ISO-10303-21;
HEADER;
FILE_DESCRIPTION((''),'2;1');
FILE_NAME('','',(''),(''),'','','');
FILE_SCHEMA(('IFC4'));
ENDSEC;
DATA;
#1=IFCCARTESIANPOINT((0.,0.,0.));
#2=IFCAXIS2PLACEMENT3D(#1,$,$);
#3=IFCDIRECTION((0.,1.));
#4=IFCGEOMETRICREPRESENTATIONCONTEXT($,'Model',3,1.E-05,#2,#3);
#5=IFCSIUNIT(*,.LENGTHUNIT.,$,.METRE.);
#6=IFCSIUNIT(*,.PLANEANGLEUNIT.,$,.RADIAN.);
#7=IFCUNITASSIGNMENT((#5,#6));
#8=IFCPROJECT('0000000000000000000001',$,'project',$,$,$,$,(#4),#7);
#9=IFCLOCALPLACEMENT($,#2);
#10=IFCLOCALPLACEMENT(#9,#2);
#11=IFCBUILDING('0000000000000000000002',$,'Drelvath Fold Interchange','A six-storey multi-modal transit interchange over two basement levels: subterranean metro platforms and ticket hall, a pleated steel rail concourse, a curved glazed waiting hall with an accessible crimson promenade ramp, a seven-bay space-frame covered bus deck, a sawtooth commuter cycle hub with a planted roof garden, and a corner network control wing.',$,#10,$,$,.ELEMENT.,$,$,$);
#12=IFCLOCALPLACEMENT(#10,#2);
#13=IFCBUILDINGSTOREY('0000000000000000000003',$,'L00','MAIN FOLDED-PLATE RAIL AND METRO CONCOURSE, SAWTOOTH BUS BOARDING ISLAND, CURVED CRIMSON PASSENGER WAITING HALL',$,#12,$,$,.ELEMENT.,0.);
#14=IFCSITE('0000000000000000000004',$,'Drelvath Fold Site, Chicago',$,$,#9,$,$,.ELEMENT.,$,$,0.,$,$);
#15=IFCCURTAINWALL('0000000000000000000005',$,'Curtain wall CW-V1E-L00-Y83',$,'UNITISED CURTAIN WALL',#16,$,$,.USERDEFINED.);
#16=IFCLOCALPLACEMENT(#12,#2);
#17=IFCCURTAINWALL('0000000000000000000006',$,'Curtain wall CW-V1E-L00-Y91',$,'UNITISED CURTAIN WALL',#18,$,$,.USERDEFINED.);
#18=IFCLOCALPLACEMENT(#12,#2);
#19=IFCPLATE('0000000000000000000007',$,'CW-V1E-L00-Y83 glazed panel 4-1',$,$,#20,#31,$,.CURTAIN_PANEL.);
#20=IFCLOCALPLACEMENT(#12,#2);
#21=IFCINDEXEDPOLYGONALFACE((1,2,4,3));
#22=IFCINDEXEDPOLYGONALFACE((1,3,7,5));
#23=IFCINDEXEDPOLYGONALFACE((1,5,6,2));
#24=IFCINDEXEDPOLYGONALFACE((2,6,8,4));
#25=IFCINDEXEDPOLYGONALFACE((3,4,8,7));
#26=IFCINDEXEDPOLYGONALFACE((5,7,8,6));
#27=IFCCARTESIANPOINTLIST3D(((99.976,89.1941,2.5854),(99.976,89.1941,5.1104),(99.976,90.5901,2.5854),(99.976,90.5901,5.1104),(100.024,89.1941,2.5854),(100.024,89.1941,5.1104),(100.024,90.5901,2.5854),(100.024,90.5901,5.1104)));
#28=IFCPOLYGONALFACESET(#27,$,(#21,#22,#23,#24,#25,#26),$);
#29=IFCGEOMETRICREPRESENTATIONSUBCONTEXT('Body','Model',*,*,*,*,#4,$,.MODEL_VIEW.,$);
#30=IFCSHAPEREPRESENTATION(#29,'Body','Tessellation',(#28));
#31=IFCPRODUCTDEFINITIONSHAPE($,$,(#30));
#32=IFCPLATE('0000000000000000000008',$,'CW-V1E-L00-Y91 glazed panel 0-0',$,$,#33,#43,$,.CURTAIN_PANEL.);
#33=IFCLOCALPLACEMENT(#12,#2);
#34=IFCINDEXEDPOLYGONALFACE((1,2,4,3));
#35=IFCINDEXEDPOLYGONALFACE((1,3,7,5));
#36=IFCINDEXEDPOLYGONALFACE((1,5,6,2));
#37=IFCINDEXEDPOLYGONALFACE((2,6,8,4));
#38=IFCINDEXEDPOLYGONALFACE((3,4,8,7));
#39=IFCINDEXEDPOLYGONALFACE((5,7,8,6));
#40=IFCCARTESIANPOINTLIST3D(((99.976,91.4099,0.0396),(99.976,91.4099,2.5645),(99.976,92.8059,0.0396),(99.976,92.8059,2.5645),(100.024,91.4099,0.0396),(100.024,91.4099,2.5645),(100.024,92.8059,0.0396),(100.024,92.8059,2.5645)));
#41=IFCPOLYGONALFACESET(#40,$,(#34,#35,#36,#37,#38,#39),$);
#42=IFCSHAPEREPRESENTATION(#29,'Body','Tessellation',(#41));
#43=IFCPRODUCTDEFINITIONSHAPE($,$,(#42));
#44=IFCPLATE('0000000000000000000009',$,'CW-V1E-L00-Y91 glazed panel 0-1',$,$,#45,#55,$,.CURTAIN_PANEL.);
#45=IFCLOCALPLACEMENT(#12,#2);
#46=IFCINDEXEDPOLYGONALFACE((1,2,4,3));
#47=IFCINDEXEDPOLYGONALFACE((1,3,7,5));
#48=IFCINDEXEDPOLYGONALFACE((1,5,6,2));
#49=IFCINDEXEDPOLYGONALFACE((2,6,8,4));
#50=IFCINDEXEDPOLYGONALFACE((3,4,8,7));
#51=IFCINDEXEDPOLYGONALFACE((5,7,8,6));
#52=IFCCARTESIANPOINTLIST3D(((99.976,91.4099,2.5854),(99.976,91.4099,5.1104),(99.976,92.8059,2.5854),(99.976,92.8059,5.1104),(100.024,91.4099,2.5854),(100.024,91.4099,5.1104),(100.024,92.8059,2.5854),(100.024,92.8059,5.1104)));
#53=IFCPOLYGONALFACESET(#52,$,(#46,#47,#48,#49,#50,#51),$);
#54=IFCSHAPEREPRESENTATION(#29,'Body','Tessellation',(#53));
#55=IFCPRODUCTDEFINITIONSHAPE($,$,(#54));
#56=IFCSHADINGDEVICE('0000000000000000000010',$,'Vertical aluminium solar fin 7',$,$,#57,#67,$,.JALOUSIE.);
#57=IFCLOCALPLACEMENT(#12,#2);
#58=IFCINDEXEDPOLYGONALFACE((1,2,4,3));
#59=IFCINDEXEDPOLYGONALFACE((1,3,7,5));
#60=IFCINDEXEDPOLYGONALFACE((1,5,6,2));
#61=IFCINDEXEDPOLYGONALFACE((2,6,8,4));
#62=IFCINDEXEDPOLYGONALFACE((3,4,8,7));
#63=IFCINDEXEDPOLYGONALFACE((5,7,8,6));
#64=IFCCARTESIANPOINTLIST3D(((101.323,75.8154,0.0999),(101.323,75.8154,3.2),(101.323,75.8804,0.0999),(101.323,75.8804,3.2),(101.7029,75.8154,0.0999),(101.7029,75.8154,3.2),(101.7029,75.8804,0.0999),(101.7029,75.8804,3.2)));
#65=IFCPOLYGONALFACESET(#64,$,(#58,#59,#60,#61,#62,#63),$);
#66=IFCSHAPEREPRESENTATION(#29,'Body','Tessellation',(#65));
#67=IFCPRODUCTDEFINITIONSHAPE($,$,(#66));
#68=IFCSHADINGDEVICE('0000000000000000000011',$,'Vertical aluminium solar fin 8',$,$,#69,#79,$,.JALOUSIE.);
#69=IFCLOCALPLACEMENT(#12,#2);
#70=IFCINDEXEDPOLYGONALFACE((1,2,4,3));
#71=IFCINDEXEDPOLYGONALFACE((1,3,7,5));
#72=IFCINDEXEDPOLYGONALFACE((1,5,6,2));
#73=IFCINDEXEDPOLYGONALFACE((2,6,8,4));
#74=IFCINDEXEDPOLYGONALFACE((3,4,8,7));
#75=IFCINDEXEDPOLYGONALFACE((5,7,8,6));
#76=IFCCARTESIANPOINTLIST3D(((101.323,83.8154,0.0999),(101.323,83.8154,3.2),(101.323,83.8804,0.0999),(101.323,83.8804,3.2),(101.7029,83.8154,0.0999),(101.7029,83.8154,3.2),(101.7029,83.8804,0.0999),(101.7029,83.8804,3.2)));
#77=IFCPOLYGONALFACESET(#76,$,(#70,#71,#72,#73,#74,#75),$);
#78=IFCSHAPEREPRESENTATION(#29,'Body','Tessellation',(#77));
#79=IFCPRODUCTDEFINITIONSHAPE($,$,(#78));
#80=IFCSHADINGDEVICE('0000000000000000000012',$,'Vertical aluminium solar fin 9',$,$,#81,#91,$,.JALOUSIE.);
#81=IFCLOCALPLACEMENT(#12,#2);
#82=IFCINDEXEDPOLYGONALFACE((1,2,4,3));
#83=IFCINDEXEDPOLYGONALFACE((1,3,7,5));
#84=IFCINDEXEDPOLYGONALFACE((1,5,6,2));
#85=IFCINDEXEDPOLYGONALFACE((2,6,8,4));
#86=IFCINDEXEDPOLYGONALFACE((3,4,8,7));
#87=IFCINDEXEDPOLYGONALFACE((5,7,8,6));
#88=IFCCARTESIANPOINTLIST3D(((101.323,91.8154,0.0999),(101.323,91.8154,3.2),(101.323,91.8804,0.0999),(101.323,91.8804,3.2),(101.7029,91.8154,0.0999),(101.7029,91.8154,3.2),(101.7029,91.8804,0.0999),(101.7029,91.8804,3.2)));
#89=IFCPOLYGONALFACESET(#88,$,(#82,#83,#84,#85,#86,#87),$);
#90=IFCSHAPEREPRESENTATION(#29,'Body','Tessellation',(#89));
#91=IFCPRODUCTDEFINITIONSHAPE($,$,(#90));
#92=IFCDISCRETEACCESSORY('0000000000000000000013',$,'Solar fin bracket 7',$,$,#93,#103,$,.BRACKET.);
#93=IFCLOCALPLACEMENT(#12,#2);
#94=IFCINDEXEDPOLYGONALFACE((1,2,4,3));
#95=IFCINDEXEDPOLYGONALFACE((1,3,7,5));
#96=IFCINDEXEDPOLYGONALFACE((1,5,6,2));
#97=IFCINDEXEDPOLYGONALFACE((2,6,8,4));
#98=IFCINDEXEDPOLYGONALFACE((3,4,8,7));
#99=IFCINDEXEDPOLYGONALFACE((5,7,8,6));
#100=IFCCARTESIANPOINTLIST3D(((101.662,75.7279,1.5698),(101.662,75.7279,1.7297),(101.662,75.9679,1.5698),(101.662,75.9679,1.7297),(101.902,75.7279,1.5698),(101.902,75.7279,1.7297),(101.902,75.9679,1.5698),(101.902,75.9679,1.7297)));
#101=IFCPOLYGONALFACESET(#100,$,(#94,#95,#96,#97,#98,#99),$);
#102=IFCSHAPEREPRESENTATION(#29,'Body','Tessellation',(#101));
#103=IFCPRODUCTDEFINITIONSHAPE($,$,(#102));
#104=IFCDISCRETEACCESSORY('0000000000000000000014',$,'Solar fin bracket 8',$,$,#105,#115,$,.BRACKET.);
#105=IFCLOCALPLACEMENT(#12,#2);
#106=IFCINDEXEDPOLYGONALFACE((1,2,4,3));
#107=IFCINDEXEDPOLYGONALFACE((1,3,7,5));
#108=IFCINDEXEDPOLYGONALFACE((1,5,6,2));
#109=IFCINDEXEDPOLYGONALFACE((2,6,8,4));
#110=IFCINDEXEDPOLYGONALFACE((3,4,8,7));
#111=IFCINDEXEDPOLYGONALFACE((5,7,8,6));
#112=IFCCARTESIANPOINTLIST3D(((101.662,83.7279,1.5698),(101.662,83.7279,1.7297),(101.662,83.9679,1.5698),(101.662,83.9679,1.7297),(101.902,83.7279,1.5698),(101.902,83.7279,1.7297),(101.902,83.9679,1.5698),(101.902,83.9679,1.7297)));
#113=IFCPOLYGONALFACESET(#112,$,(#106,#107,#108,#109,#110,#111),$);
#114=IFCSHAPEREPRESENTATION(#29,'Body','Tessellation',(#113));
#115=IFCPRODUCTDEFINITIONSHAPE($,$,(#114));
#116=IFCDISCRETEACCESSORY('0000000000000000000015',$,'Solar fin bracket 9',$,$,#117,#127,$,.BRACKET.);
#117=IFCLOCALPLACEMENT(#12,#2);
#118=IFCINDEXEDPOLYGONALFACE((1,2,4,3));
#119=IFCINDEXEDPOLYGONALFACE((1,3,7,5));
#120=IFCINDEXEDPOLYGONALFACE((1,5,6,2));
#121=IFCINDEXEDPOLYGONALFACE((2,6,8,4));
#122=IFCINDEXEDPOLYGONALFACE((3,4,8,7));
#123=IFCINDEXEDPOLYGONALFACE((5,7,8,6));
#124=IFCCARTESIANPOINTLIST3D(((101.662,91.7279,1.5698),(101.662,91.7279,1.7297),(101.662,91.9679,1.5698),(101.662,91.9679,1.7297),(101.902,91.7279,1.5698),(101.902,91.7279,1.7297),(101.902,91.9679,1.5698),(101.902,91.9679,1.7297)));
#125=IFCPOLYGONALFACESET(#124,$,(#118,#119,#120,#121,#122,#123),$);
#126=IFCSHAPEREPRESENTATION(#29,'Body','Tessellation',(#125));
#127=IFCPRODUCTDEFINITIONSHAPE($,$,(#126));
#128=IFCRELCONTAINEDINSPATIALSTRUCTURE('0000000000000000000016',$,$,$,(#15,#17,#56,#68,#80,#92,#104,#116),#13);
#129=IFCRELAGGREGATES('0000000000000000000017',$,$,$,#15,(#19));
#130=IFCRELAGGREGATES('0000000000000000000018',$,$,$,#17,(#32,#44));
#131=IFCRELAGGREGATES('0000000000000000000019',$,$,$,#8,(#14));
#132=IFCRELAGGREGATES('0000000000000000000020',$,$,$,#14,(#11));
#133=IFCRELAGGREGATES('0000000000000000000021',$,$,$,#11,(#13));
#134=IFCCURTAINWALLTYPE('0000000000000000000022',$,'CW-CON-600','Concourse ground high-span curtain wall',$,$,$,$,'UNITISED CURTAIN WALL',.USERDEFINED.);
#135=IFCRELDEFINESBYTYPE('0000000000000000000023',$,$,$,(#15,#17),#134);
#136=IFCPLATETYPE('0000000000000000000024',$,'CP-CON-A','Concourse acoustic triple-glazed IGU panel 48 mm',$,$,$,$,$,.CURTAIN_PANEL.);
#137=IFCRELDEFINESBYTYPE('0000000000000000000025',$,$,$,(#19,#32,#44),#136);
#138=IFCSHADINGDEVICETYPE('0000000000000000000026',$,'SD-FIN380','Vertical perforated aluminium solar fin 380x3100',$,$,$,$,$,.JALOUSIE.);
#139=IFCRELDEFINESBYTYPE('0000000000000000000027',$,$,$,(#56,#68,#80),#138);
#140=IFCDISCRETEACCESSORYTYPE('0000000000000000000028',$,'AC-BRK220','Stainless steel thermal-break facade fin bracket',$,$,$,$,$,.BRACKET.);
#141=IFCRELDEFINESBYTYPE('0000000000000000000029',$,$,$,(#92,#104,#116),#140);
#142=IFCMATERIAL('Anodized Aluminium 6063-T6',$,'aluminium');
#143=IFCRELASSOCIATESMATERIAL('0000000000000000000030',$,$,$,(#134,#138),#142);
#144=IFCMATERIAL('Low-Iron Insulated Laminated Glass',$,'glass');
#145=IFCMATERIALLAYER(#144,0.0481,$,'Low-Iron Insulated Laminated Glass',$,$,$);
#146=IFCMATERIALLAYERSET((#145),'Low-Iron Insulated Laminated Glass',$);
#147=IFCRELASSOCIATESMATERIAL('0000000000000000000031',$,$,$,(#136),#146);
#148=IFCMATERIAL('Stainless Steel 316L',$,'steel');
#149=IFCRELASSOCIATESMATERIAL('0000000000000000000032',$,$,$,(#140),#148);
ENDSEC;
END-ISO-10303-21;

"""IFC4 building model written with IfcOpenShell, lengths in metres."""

from ifc_helpers import new_model, si_unit, direction, frame, origin, origin_2d, place, context, subcontext, project, spatial, rectangle, extrude, material, layer, layer_set, type_object, element, aggregate, save


model = new_model("IFC4")

# Units and contexts
model_context = context("Model", 3, precision=1e-05, world=origin(), true_north=direction((0.0, 1.0)))
body_context = subcontext(model_context, "Body", "Model", "MODEL_VIEW")
ifc_project = project(units=[si_unit("LENGTHUNIT", "METRE"), si_unit("PLANEANGLEUNIT", "RADIAN")], contexts=[model_context])

# Site, building, storey
site_placement = place(None, origin())
site = spatial("IfcSite", under=ifc_project, at=site_placement, Name="Drelvath Fold Site, Chicago", CompositionType="ELEMENT", RefElevation=0.0)
building_placement = place(site_placement, origin())
building = spatial("IfcBuilding", under=site, at=building_placement, Name="Drelvath Fold Interchange", Description="A six-storey multi-modal transit interchange over two basement levels: subterranean metro platforms and ticket hall, a pleated steel rail concourse, a curved glazed waiting hall with an accessible crimson promenade ramp, a seven-bay space-frame covered bus deck, a sawtooth commuter cycle hub with a planted roof garden, and a corner network control wing.", CompositionType="ELEMENT")
storey_placement = place(building_placement, origin())
storey = spatial("IfcBuildingStorey", under=building, at=storey_placement, Name="L00", Description="MAIN FOLDED-PLATE RAIL AND METRO CONCOURSE, SAWTOOTH BUS BOARDING ISLAND, CURVED CRIMSON PASSENGER WAITING HALL", CompositionType="ELEMENT", Elevation=0.0)

# Curtain walls
ifc_material_1 = material(Name="Anodized Aluminium 6063-T6", Category="aluminium")
curtain_wall_type = type_object("IfcCurtainWallType", Name="CW-CON-600", Description="Concourse ground high-span curtain wall", ElementType="UNITISED CURTAIN WALL", PredefinedType="USERDEFINED", material=ifc_material_1)
curtain_wall_1_placement = place(storey_placement, origin())
curtain_wall_1 = element("IfcCurtainWall", 1, at=curtain_wall_1_placement, inside=storey, type_object=curtain_wall_type, Name="Curtain wall CW-V1E-L00-Y83", ObjectType="UNITISED CURTAIN WALL", PredefinedType="USERDEFINED")
curtain_wall_2_placement = place(storey_placement, origin())
curtain_wall_2 = element("IfcCurtainWall", 2, at=curtain_wall_2_placement, inside=storey, type_object=curtain_wall_type, Name="Curtain wall CW-V1E-L00-Y91", ObjectType="UNITISED CURTAIN WALL", PredefinedType="USERDEFINED")

# Plates
ifc_material_2 = material(Name="Low-Iron Insulated Laminated Glass", Category="glass")
ifc_layer = layer(ifc_material_2, 0.0481, Name="Low-Iron Insulated Laminated Glass")
ifc_layer_set = layer_set([ifc_layer], Name="Low-Iron Insulated Laminated Glass")
plate_type = type_object("IfcPlateType", Name="CP-CON-A", Description="Concourse acoustic triple-glazed IGU panel 48 mm", PredefinedType="CURTAIN_PANEL", material=ifc_layer_set)
plate_1_placement = place(storey_placement, frame((100.0, 89.8921, 2.5854), z_axis=(0.0, 0.0, 1.0), x_axis=(0.0, 1.0, 0.0)))
plate_1 = element("IfcPlate", 3, at=plate_1_placement, type_object=plate_type, Name="CW-V1E-L00-Y83 glazed panel 4-1", PredefinedType="CURTAIN_PANEL", context=body_context, shape_type="SweptSolid", body=[
    extrude(rectangle(XDim=1.396, YDim=0.0481, at=origin_2d()), origin(), (0.0, 0.0, 1.0), 2.5249),
])
aggregate(curtain_wall_1, [plate_1])
plate_2_placement = place(storey_placement, frame((100.0, 92.1079, 0.0396), z_axis=(0.0, 0.0, 1.0), x_axis=(0.0, 1.0, 0.0)))
plate_2 = element("IfcPlate", 4, at=plate_2_placement, type_object=plate_type, Name="CW-V1E-L00-Y91 glazed panel 0-0", PredefinedType="CURTAIN_PANEL", context=body_context, shape_type="SweptSolid", body=[
    extrude(rectangle(XDim=1.396, YDim=0.0481, at=origin_2d()), origin(), (0.0, 0.0, 1.0), 2.5249),
])
plate_3_placement = place(storey_placement, frame((100.0, 92.1079, 2.5854), z_axis=(0.0, 0.0, 1.0), x_axis=(0.0, 1.0, 0.0)))
plate_3 = element("IfcPlate", 5, at=plate_3_placement, type_object=plate_type, Name="CW-V1E-L00-Y91 glazed panel 0-1", PredefinedType="CURTAIN_PANEL", context=body_context, shape_type="SweptSolid", body=[
    extrude(rectangle(XDim=1.396, YDim=0.0481, at=origin_2d()), origin(), (0.0, 0.0, 1.0), 2.5249),
])
aggregate(curtain_wall_2, [plate_2, plate_3])

# Shading devices
shading_device_type = type_object("IfcShadingDeviceType", Name="SD-FIN380", Description="Vertical perforated aluminium solar fin 380x3100", PredefinedType="JALOUSIE", material=ifc_material_1)
for number, where, z_axis, x_axis, name in (
    (6, (101.5129, 75.8479, 0.0999), (0.0, 0.0, 1.0), (1.0, 0.0, 0.0), "Vertical aluminium solar fin 7"),
    (7, (101.5129, 83.8479, 0.0999), (0.0, 0.0, 1.0), (1.0, 0.0, 0.0), "Vertical aluminium solar fin 8"),
    (8, (101.5129, 91.8479, 0.0999), (0.0, 0.0, 1.0), (1.0, 0.0, 0.0), "Vertical aluminium solar fin 9"),
):
    element("IfcShadingDevice", number, at=place(storey_placement, frame(where, z_axis=z_axis, x_axis=x_axis)), inside=storey, type_object=shading_device_type, Name=name, PredefinedType="JALOUSIE", context=body_context, shape_type="SweptSolid", body=[
        extrude(rectangle(XDim=0.3799, YDim=0.0649, at=origin_2d()), origin(), (0.0, 0.0, 1.0), 3.1001),
    ])

# Discrete accessories
ifc_material_3 = material(Name="Stainless Steel 316L", Category="steel")
discrete_accessory_type = type_object("IfcDiscreteAccessoryType", Name="AC-BRK220", Description="Stainless steel thermal-break facade fin bracket", PredefinedType="BRACKET", material=ifc_material_3)
for number, where, z_axis, x_axis, name in (
    (9, (101.782, 75.8479, 1.5698), (0.0, 0.0, 1.0), (1.0, 0.0, 0.0), "Solar fin bracket 7"),
    (10, (101.782, 83.8479, 1.5698), (0.0, 0.0, 1.0), (1.0, 0.0, 0.0), "Solar fin bracket 8"),
    (11, (101.782, 91.8479, 1.5698), (0.0, 0.0, 1.0), (1.0, 0.0, 0.0), "Solar fin bracket 9"),
):
    element("IfcDiscreteAccessory", number, at=place(storey_placement, frame(where, z_axis=z_axis, x_axis=x_axis)), inside=storey, type_object=discrete_accessory_type, Name=name, PredefinedType="BRACKET", context=body_context, shape_type="SweptSolid", body=[
        extrude(rectangle(XDim=0.24, YDim=0.24, at=origin_2d()), origin(), (0.0, 0.0, 1.0), 0.1599),
    ])

save(model, "model.ifc")
